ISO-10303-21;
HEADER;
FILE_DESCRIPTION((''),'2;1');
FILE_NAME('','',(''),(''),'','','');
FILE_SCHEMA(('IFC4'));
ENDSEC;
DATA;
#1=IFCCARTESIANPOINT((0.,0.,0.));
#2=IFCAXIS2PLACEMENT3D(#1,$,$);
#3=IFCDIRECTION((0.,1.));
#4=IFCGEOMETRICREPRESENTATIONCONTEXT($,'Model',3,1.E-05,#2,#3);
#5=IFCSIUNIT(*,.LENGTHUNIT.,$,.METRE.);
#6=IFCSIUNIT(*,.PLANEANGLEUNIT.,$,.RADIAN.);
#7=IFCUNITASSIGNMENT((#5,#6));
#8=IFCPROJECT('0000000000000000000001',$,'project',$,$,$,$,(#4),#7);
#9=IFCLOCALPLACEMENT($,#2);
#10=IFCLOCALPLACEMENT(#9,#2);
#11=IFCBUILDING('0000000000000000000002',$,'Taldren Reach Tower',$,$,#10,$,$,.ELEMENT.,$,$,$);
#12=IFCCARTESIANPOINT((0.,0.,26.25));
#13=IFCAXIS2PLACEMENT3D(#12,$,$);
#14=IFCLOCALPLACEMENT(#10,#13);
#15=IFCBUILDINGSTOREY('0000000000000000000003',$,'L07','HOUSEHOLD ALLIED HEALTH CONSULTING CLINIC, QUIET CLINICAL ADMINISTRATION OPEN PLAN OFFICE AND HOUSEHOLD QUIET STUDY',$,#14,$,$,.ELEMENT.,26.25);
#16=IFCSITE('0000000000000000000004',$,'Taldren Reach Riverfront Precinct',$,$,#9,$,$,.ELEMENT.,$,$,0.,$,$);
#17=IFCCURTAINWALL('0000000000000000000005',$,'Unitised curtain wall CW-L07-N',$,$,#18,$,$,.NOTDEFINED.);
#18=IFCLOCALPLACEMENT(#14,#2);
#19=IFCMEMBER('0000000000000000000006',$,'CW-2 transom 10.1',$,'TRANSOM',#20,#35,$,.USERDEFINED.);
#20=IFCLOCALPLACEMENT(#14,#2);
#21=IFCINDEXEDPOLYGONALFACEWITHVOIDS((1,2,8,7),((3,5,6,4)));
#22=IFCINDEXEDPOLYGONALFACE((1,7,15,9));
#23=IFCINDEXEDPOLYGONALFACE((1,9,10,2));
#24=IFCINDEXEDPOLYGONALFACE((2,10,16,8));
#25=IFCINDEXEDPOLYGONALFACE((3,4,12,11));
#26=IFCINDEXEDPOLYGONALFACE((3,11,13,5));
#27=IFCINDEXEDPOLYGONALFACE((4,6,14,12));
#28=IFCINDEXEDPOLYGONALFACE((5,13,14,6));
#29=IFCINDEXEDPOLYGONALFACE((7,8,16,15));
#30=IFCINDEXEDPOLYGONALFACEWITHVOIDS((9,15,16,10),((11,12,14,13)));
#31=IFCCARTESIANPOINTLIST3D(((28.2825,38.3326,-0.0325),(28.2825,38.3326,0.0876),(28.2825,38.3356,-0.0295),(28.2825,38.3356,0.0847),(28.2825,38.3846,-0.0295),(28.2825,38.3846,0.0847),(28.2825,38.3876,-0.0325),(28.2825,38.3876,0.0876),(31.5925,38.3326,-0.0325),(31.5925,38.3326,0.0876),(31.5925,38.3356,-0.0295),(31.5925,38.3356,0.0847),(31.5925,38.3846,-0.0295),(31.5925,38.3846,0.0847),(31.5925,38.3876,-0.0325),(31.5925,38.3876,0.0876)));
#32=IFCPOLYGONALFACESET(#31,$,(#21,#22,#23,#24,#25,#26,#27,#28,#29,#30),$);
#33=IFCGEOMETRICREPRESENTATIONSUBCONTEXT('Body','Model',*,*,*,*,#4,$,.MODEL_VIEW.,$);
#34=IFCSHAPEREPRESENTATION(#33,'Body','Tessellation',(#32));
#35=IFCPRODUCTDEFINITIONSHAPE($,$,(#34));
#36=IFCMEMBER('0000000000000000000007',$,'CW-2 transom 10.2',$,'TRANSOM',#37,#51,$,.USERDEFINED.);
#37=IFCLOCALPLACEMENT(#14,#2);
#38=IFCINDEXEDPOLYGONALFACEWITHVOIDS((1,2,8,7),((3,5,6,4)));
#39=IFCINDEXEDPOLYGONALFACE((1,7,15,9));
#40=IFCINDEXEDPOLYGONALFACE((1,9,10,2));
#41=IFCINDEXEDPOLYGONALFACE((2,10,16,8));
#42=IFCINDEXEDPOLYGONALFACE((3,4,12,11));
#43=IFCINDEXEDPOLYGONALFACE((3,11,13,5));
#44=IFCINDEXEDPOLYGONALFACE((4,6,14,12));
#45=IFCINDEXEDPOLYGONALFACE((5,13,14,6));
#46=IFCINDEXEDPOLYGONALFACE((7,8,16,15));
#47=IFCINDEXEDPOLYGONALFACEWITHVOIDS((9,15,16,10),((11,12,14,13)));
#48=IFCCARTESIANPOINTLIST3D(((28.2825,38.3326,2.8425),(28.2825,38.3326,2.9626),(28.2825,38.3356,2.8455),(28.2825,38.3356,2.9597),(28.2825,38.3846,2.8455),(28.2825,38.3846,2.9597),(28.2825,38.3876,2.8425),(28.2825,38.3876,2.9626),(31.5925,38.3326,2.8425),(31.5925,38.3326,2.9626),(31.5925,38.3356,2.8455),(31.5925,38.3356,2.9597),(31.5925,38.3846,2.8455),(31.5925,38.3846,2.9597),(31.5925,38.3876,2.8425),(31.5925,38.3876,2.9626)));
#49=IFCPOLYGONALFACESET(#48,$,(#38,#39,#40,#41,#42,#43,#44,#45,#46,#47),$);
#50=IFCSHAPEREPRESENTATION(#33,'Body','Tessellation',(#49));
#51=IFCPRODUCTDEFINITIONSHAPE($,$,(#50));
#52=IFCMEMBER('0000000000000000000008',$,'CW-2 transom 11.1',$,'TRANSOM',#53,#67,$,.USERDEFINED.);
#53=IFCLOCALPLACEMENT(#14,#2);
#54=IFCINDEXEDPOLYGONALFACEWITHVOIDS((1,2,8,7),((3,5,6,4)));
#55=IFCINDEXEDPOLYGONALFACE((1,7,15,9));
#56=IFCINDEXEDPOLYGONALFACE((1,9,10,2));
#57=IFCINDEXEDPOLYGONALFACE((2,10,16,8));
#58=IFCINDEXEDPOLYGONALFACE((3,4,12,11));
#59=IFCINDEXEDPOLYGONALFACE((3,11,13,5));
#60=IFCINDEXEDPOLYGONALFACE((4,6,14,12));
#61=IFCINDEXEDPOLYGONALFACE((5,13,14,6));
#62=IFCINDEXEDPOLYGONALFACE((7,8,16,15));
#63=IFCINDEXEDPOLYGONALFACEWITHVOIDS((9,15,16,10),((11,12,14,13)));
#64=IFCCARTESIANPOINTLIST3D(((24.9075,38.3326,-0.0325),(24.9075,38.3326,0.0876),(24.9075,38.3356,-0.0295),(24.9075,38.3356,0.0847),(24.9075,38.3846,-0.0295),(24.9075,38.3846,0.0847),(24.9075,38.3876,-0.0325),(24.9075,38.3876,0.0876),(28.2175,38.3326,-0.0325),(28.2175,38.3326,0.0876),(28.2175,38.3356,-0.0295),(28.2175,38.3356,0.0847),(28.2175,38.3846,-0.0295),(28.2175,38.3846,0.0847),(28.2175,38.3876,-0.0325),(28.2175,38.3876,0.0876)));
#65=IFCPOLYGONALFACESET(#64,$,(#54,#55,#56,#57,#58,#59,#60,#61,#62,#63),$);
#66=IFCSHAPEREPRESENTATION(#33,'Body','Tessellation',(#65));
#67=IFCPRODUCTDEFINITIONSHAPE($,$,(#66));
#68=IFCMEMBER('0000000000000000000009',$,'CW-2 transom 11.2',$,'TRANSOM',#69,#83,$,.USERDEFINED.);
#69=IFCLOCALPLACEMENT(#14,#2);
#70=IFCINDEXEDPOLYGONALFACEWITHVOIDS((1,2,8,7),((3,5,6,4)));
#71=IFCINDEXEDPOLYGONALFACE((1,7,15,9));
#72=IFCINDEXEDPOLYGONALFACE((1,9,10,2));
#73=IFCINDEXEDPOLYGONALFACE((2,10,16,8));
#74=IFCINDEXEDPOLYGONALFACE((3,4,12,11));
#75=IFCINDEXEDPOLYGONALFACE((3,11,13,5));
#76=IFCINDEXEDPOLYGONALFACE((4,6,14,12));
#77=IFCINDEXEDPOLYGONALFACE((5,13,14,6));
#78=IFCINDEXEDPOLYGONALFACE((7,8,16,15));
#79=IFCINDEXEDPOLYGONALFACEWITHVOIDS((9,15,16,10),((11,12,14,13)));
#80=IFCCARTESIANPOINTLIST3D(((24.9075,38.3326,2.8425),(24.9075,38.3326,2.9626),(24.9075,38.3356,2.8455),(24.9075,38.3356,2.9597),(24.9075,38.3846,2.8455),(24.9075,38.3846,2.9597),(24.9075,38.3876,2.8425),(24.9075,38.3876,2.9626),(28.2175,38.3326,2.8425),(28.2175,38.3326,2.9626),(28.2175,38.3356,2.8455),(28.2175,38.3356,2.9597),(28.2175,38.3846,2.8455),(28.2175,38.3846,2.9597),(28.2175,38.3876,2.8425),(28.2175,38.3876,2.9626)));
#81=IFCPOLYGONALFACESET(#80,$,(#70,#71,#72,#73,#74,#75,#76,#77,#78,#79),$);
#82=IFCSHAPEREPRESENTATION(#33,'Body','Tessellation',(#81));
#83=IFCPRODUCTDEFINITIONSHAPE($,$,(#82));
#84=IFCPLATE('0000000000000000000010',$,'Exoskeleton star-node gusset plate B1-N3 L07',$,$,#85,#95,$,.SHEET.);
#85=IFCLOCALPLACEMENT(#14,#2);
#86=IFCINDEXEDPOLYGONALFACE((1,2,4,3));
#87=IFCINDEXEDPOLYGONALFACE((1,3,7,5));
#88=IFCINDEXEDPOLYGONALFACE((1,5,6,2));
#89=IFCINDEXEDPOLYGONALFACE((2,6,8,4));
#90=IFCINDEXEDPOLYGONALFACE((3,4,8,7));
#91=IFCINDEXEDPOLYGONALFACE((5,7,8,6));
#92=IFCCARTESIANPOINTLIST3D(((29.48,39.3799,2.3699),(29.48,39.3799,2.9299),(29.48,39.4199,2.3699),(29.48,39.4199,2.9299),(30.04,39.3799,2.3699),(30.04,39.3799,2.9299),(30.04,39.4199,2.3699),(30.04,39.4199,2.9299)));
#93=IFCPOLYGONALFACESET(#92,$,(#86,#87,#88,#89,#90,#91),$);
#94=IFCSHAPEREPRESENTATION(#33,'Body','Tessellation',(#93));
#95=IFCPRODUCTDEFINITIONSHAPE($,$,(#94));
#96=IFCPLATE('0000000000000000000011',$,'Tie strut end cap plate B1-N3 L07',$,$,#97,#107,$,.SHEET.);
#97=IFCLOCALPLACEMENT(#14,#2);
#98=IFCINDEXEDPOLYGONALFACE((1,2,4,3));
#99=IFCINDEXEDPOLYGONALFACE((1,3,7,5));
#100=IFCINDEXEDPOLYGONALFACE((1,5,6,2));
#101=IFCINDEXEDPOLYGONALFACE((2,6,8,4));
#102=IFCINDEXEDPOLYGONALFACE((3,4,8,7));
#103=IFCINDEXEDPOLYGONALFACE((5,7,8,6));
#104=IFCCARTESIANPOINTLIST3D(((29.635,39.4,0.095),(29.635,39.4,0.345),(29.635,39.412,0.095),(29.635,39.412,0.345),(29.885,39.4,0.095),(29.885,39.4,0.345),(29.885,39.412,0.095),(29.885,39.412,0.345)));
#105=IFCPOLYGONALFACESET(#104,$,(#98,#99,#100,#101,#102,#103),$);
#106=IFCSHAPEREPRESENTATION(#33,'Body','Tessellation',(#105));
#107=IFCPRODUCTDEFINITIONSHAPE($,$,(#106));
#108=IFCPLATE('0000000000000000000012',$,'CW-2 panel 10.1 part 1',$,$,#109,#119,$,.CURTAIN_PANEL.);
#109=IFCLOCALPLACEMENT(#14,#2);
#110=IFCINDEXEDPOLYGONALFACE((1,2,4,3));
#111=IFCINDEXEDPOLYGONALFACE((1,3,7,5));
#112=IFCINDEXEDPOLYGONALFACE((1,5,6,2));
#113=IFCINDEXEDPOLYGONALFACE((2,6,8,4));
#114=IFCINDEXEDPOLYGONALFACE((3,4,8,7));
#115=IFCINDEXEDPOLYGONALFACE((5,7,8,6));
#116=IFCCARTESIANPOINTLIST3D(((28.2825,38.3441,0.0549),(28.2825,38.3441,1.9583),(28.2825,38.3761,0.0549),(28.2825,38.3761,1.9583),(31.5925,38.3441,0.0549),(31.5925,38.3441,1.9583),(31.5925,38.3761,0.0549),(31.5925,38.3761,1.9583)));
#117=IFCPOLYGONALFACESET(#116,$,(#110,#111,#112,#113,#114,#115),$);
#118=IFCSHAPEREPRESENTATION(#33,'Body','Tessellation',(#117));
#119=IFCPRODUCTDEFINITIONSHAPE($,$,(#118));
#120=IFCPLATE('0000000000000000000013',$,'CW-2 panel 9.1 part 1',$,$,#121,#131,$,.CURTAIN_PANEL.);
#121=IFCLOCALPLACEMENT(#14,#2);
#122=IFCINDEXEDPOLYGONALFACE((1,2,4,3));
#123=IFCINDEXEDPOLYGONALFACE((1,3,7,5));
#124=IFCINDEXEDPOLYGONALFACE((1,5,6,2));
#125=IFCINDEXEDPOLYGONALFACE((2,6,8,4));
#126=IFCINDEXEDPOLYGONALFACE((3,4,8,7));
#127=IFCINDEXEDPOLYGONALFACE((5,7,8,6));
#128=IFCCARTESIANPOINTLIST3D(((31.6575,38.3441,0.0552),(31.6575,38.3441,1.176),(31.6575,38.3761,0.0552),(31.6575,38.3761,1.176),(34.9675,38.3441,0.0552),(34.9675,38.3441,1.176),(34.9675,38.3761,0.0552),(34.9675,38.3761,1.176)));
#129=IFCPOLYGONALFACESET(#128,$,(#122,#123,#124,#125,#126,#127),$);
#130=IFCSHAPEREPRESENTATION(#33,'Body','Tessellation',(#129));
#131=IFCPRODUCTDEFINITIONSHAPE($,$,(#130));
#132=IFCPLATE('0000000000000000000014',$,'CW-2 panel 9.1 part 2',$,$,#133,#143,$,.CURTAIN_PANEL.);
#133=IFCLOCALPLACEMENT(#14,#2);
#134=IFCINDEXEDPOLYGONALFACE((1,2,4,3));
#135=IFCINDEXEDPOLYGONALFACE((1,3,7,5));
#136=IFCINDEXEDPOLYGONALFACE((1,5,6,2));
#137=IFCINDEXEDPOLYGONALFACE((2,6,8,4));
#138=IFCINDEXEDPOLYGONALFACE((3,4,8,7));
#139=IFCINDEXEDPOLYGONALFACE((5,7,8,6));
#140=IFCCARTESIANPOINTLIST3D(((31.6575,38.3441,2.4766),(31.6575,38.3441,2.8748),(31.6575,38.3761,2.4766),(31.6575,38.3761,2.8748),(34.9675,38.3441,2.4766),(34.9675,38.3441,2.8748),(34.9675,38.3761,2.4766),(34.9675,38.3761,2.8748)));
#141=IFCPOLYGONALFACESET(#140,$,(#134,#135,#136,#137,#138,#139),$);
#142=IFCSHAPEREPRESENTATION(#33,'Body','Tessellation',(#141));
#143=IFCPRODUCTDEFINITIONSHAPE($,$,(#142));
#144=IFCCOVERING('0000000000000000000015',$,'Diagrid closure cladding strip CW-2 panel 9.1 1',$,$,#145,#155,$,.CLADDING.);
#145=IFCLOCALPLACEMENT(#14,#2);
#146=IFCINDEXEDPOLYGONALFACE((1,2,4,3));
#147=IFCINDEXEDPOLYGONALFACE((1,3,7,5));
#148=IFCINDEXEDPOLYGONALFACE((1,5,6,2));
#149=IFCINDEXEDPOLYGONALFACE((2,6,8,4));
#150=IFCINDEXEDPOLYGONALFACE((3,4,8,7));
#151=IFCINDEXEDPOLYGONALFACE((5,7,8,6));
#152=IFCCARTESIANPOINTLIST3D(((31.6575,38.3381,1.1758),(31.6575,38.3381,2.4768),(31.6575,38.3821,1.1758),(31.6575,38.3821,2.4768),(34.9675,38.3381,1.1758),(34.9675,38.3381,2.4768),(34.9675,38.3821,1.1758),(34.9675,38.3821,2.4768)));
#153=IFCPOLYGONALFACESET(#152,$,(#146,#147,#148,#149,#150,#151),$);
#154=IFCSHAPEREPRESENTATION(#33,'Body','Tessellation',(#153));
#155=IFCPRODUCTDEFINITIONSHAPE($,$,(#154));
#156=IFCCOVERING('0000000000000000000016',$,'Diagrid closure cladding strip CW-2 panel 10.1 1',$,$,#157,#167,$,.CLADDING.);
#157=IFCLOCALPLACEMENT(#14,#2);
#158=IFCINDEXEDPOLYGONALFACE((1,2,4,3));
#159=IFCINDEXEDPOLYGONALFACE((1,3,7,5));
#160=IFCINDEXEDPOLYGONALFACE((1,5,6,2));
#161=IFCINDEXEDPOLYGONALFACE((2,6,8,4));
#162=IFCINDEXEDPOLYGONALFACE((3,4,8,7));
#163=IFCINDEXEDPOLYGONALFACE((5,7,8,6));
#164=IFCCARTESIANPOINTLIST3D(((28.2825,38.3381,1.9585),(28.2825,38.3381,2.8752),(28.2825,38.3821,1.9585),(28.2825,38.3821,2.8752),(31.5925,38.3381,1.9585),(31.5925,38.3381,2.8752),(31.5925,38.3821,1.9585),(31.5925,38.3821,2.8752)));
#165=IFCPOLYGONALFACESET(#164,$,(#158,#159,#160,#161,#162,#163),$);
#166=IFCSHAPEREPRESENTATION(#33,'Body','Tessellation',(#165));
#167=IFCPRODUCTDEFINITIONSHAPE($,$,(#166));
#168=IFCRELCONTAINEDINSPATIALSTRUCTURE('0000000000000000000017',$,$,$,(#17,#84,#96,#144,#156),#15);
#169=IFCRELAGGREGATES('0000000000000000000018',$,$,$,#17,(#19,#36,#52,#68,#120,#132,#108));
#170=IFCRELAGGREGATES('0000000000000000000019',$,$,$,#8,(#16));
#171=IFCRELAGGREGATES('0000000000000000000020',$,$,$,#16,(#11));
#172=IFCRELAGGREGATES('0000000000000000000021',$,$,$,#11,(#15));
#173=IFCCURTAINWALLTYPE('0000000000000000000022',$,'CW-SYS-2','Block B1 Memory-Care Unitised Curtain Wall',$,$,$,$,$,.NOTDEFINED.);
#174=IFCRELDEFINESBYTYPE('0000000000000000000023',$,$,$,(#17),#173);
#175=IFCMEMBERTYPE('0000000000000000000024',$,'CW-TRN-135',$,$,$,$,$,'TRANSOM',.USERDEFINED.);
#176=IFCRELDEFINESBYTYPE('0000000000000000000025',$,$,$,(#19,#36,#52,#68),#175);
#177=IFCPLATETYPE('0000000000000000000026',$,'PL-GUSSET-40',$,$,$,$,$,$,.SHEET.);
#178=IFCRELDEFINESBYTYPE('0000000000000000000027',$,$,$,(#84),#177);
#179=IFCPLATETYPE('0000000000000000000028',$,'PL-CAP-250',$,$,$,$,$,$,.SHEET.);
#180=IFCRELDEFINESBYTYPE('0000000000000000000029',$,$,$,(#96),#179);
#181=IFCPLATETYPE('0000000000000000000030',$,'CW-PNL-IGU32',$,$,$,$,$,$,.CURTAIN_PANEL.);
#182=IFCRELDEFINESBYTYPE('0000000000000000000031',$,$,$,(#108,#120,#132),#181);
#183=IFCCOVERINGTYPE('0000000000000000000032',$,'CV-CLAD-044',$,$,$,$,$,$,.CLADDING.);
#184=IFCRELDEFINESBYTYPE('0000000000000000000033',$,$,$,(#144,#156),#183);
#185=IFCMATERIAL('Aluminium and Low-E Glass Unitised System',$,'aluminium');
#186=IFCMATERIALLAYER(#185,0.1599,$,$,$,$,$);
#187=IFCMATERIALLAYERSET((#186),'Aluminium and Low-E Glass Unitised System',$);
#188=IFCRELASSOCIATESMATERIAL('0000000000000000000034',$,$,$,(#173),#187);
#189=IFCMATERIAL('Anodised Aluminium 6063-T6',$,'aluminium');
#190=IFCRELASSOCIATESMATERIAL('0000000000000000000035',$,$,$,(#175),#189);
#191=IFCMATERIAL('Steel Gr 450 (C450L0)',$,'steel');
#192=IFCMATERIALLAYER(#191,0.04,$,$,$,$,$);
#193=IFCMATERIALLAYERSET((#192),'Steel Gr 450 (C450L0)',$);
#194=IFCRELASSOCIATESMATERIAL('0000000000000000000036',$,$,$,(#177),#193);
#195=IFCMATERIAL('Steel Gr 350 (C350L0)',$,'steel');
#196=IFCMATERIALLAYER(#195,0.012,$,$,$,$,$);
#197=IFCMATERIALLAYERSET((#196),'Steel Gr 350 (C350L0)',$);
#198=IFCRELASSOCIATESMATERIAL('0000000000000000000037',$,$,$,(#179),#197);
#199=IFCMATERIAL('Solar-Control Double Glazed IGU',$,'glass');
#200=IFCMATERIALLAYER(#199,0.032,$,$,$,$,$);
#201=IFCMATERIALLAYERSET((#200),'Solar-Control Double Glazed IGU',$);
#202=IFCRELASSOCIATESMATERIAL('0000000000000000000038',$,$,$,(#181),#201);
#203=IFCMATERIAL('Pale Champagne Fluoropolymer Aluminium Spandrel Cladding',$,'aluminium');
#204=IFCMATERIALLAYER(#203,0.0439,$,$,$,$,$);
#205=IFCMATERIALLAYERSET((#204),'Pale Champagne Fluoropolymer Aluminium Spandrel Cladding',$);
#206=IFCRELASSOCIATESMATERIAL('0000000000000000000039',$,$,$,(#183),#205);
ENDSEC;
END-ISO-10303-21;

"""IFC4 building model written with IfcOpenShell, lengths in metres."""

from ifc_helpers import new_model, si_unit, direction, frame, origin, origin_2d, place, context, subcontext, project, spatial, rectangle, hollow_rectangle, extrude, source, transform, mapped, material, layer, layer_set, material_profile, profile_set, type_object, element, aggregate, save


model = new_model("IFC4")

# Units and contexts
model_context = context("Model", 3, precision=1e-05, world=origin(), true_north=direction((0.0, 1.0)))
body_context = subcontext(model_context, "Body", "Model", "MODEL_VIEW")
ifc_project = project(units=[si_unit("LENGTHUNIT", "METRE"), si_unit("PLANEANGLEUNIT", "RADIAN")], contexts=[model_context])

# Site, building, storey
site_placement = place(None, origin())
site = spatial("IfcSite", under=ifc_project, at=site_placement, Name="Taldren Reach Riverfront Precinct", CompositionType="ELEMENT", RefElevation=0.0)
building_placement = place(site_placement, origin())
building = spatial("IfcBuilding", under=site, at=building_placement, Name="Taldren Reach Tower", CompositionType="ELEMENT")
storey_placement = place(building_placement, frame((0.0, 0.0, 26.25)))
storey = spatial("IfcBuildingStorey", under=building, at=storey_placement, Name="L07", Description="HOUSEHOLD ALLIED HEALTH CONSULTING CLINIC, QUIET CLINICAL ADMINISTRATION OPEN PLAN OFFICE AND HOUSEHOLD QUIET STUDY", CompositionType="ELEMENT", Elevation=26.25)

# Shared definitions
ifc_material_1 = material(Name="Steel Gr 450 (C450L0)", Category="steel")
ifc_material_2 = material(Name="Steel Gr 350 (C350L0)", Category="steel")

# Curtain wall, members
ifc_material_3 = material(Name="Aluminium and Low-E Glass Unitised System", Category="aluminium")
ifc_layer_1 = layer(ifc_material_3, 0.1599)
ifc_layer_set_1 = layer_set([ifc_layer_1], Name="Aluminium and Low-E Glass Unitised System")
curtain_wall_type = type_object("IfcCurtainWallType", Name="CW-SYS-2", Description="Block B1 Memory-Care Unitised Curtain Wall", PredefinedType="NOTDEFINED", material=ifc_layer_set_1)
curtain_wall_placement = place(storey_placement, origin())
curtain_wall = element("IfcCurtainWall", 1, at=curtain_wall_placement, inside=storey, type_object=curtain_wall_type, Name="Unitised curtain wall CW-L07-N", PredefinedType="NOTDEFINED")
ifc_material_4 = material(Name="Anodised Aluminium 6063-T6", Category="aluminium")
ifc_material_profile_1 = material_profile(ifc_material_4, hollow_rectangle(XDim=0.0549, YDim=0.1201, WallThickness=0.0029, at=origin_2d()), Name="ALU-120x55x3RHS")
ifc_profile_set_1 = profile_set([ifc_material_profile_1], Name="Anodised Aluminium 6063-T6")
member_type_1 = type_object("IfcMemberType", Name="CW-TRN-135", ElementType="TRANSOM", PredefinedType="USERDEFINED", material=ifc_profile_set_1)
shared_shape_1 = source(origin(), body_context, "Body", "SweptSolid", [
    extrude(hollow_rectangle(XDim=0.0549, YDim=0.1201, WallThickness=0.0029, at=origin_2d()), origin(), (0.0, 0.0, 1.0), 3.3101),
])
member_1_placement = place(storey_placement, frame((31.5925, 38.3601, 0.0276), z_axis=(-1.0, 0.0, 0.0), x_axis=(0.0, -1.0, 0.0)))
member_1 = element("IfcMember", 2, at=member_1_placement, type_object=member_type_1, Name="CW-2 transom 10.1", ObjectType="TRANSOM", PredefinedType="USERDEFINED", context=body_context, shape_type="MappedRepresentation", body=[
    mapped(shared_shape_1, transform((0.0, 0.0, 0.0), scale=1.0)),
])
member_2_placement = place(storey_placement, frame((31.5925, 38.3601, 2.9026), z_axis=(-1.0, 0.0, 0.0), x_axis=(0.0, -1.0, 0.0)))
member_2 = element("IfcMember", 3, at=member_2_placement, type_object=member_type_1, Name="CW-2 transom 10.2", ObjectType="TRANSOM", PredefinedType="USERDEFINED", context=body_context, shape_type="MappedRepresentation", body=[
    mapped(shared_shape_1, transform((0.0, 0.0, 0.0), scale=1.0)),
])
member_3_placement = place(storey_placement, frame((28.2175, 38.3601, 0.0276), z_axis=(-1.0, 0.0, 0.0), x_axis=(0.0, -1.0, 0.0)))
member_3 = element("IfcMember", 4, at=member_3_placement, type_object=member_type_1, Name="CW-2 transom 11.1", ObjectType="TRANSOM", PredefinedType="USERDEFINED", context=body_context, shape_type="MappedRepresentation", body=[
    mapped(shared_shape_1, transform((0.0, 0.0, 0.0), scale=1.0)),
])
member_4_placement = place(storey_placement, frame((28.2175, 38.3601, 2.9026), z_axis=(-1.0, 0.0, 0.0), x_axis=(0.0, -1.0, 0.0)))
member_4 = element("IfcMember", 5, at=member_4_placement, type_object=member_type_1, Name="CW-2 transom 11.2", ObjectType="TRANSOM", PredefinedType="USERDEFINED", context=body_context, shape_type="MappedRepresentation", body=[
    mapped(shared_shape_1, transform((0.0, 0.0, 0.0), scale=1.0)),
])

# Plates
ifc_layer_2 = layer(ifc_material_1, 0.04)
ifc_layer_set_2 = layer_set([ifc_layer_2], Name="Steel Gr 450 (C450L0)")
plate_type_1 = type_object("IfcPlateType", Name="PL-GUSSET-40", PredefinedType="SHEET", material=ifc_layer_set_2)
shared_shape_2 = source(origin(), body_context, "Body", "SweptSolid", [
    extrude(rectangle(XDim=0.5601, YDim=0.04, at=origin_2d()), origin(), (0.0, 0.0, 1.0), 0.5601),
])
plate_1_placement = place(storey_placement, frame((29.76, 39.3999, 2.3699), z_axis=(0.0, 0.0, 1.0), x_axis=(1.0, 0.0, 0.0)))
element("IfcPlate", 6, at=plate_1_placement, inside=storey, type_object=plate_type_1, Name="Exoskeleton star-node gusset plate B1-N3 L07", PredefinedType="SHEET", context=body_context, shape_type="MappedRepresentation", body=[
    mapped(shared_shape_2, transform((0.0, 0.0, 0.0), scale=1.0)),
])
ifc_layer_3 = layer(ifc_material_2, 0.012)
ifc_layer_set_3 = layer_set([ifc_layer_3], Name="Steel Gr 350 (C350L0)")
plate_type_2 = type_object("IfcPlateType", Name="PL-CAP-250", PredefinedType="SHEET", material=ifc_layer_set_3)
shared_shape_3 = source(origin(), body_context, "Body", "SweptSolid", [
    extrude(rectangle(XDim=0.25, YDim=0.012, at=origin_2d()), origin(), (0.0, 0.0, 1.0), 0.25),
])
plate_2_placement = place(storey_placement, frame((29.76, 39.406, 0.095), z_axis=(0.0, 0.0, 1.0), x_axis=(1.0, 0.0, 0.0)))
element("IfcPlate", 7, at=plate_2_placement, inside=storey, type_object=plate_type_2, Name="Tie strut end cap plate B1-N3 L07", PredefinedType="SHEET", context=body_context, shape_type="MappedRepresentation", body=[
    mapped(shared_shape_3, transform((0.0, 0.0, 0.0), scale=1.0)),
])

# Plates
ifc_material_5 = material(Name="Solar-Control Double Glazed IGU", Category="glass")
ifc_layer_4 = layer(ifc_material_5, 0.032)
ifc_layer_set_4 = layer_set([ifc_layer_4], Name="Solar-Control Double Glazed IGU")
plate_type_3 = type_object("IfcPlateType", Name="CW-PNL-IGU32", PredefinedType="CURTAIN_PANEL", material=ifc_layer_set_4)
shared_shape_4 = source(origin(), body_context, "Body", "SweptSolid", [
    extrude(rectangle(XDim=3.3101, YDim=0.032, at=origin_2d()), origin(), (0.0, 0.0, 1.0), 1.9033),
])
plate_3_placement = place(storey_placement, frame((29.9375, 38.3601, 0.0549), z_axis=(0.0, 0.0, 1.0), x_axis=(-1.0, 0.0, 0.0)))
plate_3 = element("IfcPlate", 8, at=plate_3_placement, type_object=plate_type_3, Name="CW-2 panel 10.1 part 1", PredefinedType="CURTAIN_PANEL", context=body_context, shape_type="MappedRepresentation", body=[
    mapped(shared_shape_4, transform((0.0, 0.0, 0.0), scale=1.0)),
])
shared_shape_5 = source(origin(), body_context, "Body", "SweptSolid", [
    extrude(rectangle(XDim=3.3101, YDim=0.032, at=origin_2d()), origin(), (0.0, 0.0, 1.0), 1.1208),
])
plate_4_placement = place(storey_placement, frame((33.3125, 38.3601, 0.0552), z_axis=(0.0, 0.0, 1.0), x_axis=(-1.0, 0.0, 0.0)))
plate_4 = element("IfcPlate", 9, at=plate_4_placement, type_object=plate_type_3, Name="CW-2 panel 9.1 part 1", PredefinedType="CURTAIN_PANEL", context=body_context, shape_type="MappedRepresentation", body=[
    mapped(shared_shape_5, transform((0.0, 0.0, 0.0), scale=1.0)),
])
shared_shape_6 = source(origin(), body_context, "Body", "SweptSolid", [
    extrude(rectangle(XDim=3.3101, YDim=0.032, at=origin_2d()), origin(), (0.0, 0.0, 1.0), 0.3982),
])
plate_5_placement = place(storey_placement, frame((33.3125, 38.3601, 2.4766), z_axis=(0.0, 0.0, 1.0), x_axis=(-1.0, 0.0, 0.0)))
plate_5 = element("IfcPlate", 10, at=plate_5_placement, type_object=plate_type_3, Name="CW-2 panel 9.1 part 2", PredefinedType="CURTAIN_PANEL", context=body_context, shape_type="MappedRepresentation", body=[
    mapped(shared_shape_6, transform((0.0, 0.0, 0.0), scale=1.0)),
])
aggregate(curtain_wall, [member_1, member_2, member_3, member_4, plate_4, plate_5, plate_3])

# Coverings
ifc_material_6 = material(Name="Pale Champagne Fluoropolymer Aluminium Spandrel Cladding", Category="aluminium")
ifc_layer_5 = layer(ifc_material_6, 0.0439)
ifc_layer_set_5 = layer_set([ifc_layer_5], Name="Pale Champagne Fluoropolymer Aluminium Spandrel Cladding")
covering_type = type_object("IfcCoveringType", Name="CV-CLAD-044", PredefinedType="CLADDING", material=ifc_layer_set_5)
shared_shape_7 = source(origin(), body_context, "Body", "SweptSolid", [
    extrude(rectangle(XDim=3.3101, YDim=0.0439, at=origin_2d()), origin(), (0.0, 0.0, 1.0), 1.301),
])
covering_1_placement = place(storey_placement, frame((33.3125, 38.3601, 1.1758), z_axis=(0.0, 0.0, 1.0), x_axis=(-1.0, 0.0, 0.0)))
element("IfcCovering", 11, at=covering_1_placement, inside=storey, type_object=covering_type, Name="Diagrid closure cladding strip CW-2 panel 9.1 1", PredefinedType="CLADDING", context=body_context, shape_type="MappedRepresentation", body=[
    mapped(shared_shape_7, transform((0.0, 0.0, 0.0), scale=1.0)),
])
shared_shape_8 = source(origin(), body_context, "Body", "SweptSolid", [
    extrude(rectangle(XDim=3.3101, YDim=0.0439, at=origin_2d()), origin(), (0.0, 0.0, 1.0), 0.9167),
])
covering_2_placement = place(storey_placement, frame((29.9375, 38.3601, 1.9585), z_axis=(0.0, 0.0, 1.0), x_axis=(-1.0, 0.0, 0.0)))
element("IfcCovering", 12, at=covering_2_placement, inside=storey, type_object=covering_type, Name="Diagrid closure cladding strip CW-2 panel 10.1 1", PredefinedType="CLADDING", context=body_context, shape_type="MappedRepresentation", body=[
    mapped(shared_shape_8, transform((0.0, 0.0, 0.0), scale=1.0)),
])

save(model, "model.ifc")
